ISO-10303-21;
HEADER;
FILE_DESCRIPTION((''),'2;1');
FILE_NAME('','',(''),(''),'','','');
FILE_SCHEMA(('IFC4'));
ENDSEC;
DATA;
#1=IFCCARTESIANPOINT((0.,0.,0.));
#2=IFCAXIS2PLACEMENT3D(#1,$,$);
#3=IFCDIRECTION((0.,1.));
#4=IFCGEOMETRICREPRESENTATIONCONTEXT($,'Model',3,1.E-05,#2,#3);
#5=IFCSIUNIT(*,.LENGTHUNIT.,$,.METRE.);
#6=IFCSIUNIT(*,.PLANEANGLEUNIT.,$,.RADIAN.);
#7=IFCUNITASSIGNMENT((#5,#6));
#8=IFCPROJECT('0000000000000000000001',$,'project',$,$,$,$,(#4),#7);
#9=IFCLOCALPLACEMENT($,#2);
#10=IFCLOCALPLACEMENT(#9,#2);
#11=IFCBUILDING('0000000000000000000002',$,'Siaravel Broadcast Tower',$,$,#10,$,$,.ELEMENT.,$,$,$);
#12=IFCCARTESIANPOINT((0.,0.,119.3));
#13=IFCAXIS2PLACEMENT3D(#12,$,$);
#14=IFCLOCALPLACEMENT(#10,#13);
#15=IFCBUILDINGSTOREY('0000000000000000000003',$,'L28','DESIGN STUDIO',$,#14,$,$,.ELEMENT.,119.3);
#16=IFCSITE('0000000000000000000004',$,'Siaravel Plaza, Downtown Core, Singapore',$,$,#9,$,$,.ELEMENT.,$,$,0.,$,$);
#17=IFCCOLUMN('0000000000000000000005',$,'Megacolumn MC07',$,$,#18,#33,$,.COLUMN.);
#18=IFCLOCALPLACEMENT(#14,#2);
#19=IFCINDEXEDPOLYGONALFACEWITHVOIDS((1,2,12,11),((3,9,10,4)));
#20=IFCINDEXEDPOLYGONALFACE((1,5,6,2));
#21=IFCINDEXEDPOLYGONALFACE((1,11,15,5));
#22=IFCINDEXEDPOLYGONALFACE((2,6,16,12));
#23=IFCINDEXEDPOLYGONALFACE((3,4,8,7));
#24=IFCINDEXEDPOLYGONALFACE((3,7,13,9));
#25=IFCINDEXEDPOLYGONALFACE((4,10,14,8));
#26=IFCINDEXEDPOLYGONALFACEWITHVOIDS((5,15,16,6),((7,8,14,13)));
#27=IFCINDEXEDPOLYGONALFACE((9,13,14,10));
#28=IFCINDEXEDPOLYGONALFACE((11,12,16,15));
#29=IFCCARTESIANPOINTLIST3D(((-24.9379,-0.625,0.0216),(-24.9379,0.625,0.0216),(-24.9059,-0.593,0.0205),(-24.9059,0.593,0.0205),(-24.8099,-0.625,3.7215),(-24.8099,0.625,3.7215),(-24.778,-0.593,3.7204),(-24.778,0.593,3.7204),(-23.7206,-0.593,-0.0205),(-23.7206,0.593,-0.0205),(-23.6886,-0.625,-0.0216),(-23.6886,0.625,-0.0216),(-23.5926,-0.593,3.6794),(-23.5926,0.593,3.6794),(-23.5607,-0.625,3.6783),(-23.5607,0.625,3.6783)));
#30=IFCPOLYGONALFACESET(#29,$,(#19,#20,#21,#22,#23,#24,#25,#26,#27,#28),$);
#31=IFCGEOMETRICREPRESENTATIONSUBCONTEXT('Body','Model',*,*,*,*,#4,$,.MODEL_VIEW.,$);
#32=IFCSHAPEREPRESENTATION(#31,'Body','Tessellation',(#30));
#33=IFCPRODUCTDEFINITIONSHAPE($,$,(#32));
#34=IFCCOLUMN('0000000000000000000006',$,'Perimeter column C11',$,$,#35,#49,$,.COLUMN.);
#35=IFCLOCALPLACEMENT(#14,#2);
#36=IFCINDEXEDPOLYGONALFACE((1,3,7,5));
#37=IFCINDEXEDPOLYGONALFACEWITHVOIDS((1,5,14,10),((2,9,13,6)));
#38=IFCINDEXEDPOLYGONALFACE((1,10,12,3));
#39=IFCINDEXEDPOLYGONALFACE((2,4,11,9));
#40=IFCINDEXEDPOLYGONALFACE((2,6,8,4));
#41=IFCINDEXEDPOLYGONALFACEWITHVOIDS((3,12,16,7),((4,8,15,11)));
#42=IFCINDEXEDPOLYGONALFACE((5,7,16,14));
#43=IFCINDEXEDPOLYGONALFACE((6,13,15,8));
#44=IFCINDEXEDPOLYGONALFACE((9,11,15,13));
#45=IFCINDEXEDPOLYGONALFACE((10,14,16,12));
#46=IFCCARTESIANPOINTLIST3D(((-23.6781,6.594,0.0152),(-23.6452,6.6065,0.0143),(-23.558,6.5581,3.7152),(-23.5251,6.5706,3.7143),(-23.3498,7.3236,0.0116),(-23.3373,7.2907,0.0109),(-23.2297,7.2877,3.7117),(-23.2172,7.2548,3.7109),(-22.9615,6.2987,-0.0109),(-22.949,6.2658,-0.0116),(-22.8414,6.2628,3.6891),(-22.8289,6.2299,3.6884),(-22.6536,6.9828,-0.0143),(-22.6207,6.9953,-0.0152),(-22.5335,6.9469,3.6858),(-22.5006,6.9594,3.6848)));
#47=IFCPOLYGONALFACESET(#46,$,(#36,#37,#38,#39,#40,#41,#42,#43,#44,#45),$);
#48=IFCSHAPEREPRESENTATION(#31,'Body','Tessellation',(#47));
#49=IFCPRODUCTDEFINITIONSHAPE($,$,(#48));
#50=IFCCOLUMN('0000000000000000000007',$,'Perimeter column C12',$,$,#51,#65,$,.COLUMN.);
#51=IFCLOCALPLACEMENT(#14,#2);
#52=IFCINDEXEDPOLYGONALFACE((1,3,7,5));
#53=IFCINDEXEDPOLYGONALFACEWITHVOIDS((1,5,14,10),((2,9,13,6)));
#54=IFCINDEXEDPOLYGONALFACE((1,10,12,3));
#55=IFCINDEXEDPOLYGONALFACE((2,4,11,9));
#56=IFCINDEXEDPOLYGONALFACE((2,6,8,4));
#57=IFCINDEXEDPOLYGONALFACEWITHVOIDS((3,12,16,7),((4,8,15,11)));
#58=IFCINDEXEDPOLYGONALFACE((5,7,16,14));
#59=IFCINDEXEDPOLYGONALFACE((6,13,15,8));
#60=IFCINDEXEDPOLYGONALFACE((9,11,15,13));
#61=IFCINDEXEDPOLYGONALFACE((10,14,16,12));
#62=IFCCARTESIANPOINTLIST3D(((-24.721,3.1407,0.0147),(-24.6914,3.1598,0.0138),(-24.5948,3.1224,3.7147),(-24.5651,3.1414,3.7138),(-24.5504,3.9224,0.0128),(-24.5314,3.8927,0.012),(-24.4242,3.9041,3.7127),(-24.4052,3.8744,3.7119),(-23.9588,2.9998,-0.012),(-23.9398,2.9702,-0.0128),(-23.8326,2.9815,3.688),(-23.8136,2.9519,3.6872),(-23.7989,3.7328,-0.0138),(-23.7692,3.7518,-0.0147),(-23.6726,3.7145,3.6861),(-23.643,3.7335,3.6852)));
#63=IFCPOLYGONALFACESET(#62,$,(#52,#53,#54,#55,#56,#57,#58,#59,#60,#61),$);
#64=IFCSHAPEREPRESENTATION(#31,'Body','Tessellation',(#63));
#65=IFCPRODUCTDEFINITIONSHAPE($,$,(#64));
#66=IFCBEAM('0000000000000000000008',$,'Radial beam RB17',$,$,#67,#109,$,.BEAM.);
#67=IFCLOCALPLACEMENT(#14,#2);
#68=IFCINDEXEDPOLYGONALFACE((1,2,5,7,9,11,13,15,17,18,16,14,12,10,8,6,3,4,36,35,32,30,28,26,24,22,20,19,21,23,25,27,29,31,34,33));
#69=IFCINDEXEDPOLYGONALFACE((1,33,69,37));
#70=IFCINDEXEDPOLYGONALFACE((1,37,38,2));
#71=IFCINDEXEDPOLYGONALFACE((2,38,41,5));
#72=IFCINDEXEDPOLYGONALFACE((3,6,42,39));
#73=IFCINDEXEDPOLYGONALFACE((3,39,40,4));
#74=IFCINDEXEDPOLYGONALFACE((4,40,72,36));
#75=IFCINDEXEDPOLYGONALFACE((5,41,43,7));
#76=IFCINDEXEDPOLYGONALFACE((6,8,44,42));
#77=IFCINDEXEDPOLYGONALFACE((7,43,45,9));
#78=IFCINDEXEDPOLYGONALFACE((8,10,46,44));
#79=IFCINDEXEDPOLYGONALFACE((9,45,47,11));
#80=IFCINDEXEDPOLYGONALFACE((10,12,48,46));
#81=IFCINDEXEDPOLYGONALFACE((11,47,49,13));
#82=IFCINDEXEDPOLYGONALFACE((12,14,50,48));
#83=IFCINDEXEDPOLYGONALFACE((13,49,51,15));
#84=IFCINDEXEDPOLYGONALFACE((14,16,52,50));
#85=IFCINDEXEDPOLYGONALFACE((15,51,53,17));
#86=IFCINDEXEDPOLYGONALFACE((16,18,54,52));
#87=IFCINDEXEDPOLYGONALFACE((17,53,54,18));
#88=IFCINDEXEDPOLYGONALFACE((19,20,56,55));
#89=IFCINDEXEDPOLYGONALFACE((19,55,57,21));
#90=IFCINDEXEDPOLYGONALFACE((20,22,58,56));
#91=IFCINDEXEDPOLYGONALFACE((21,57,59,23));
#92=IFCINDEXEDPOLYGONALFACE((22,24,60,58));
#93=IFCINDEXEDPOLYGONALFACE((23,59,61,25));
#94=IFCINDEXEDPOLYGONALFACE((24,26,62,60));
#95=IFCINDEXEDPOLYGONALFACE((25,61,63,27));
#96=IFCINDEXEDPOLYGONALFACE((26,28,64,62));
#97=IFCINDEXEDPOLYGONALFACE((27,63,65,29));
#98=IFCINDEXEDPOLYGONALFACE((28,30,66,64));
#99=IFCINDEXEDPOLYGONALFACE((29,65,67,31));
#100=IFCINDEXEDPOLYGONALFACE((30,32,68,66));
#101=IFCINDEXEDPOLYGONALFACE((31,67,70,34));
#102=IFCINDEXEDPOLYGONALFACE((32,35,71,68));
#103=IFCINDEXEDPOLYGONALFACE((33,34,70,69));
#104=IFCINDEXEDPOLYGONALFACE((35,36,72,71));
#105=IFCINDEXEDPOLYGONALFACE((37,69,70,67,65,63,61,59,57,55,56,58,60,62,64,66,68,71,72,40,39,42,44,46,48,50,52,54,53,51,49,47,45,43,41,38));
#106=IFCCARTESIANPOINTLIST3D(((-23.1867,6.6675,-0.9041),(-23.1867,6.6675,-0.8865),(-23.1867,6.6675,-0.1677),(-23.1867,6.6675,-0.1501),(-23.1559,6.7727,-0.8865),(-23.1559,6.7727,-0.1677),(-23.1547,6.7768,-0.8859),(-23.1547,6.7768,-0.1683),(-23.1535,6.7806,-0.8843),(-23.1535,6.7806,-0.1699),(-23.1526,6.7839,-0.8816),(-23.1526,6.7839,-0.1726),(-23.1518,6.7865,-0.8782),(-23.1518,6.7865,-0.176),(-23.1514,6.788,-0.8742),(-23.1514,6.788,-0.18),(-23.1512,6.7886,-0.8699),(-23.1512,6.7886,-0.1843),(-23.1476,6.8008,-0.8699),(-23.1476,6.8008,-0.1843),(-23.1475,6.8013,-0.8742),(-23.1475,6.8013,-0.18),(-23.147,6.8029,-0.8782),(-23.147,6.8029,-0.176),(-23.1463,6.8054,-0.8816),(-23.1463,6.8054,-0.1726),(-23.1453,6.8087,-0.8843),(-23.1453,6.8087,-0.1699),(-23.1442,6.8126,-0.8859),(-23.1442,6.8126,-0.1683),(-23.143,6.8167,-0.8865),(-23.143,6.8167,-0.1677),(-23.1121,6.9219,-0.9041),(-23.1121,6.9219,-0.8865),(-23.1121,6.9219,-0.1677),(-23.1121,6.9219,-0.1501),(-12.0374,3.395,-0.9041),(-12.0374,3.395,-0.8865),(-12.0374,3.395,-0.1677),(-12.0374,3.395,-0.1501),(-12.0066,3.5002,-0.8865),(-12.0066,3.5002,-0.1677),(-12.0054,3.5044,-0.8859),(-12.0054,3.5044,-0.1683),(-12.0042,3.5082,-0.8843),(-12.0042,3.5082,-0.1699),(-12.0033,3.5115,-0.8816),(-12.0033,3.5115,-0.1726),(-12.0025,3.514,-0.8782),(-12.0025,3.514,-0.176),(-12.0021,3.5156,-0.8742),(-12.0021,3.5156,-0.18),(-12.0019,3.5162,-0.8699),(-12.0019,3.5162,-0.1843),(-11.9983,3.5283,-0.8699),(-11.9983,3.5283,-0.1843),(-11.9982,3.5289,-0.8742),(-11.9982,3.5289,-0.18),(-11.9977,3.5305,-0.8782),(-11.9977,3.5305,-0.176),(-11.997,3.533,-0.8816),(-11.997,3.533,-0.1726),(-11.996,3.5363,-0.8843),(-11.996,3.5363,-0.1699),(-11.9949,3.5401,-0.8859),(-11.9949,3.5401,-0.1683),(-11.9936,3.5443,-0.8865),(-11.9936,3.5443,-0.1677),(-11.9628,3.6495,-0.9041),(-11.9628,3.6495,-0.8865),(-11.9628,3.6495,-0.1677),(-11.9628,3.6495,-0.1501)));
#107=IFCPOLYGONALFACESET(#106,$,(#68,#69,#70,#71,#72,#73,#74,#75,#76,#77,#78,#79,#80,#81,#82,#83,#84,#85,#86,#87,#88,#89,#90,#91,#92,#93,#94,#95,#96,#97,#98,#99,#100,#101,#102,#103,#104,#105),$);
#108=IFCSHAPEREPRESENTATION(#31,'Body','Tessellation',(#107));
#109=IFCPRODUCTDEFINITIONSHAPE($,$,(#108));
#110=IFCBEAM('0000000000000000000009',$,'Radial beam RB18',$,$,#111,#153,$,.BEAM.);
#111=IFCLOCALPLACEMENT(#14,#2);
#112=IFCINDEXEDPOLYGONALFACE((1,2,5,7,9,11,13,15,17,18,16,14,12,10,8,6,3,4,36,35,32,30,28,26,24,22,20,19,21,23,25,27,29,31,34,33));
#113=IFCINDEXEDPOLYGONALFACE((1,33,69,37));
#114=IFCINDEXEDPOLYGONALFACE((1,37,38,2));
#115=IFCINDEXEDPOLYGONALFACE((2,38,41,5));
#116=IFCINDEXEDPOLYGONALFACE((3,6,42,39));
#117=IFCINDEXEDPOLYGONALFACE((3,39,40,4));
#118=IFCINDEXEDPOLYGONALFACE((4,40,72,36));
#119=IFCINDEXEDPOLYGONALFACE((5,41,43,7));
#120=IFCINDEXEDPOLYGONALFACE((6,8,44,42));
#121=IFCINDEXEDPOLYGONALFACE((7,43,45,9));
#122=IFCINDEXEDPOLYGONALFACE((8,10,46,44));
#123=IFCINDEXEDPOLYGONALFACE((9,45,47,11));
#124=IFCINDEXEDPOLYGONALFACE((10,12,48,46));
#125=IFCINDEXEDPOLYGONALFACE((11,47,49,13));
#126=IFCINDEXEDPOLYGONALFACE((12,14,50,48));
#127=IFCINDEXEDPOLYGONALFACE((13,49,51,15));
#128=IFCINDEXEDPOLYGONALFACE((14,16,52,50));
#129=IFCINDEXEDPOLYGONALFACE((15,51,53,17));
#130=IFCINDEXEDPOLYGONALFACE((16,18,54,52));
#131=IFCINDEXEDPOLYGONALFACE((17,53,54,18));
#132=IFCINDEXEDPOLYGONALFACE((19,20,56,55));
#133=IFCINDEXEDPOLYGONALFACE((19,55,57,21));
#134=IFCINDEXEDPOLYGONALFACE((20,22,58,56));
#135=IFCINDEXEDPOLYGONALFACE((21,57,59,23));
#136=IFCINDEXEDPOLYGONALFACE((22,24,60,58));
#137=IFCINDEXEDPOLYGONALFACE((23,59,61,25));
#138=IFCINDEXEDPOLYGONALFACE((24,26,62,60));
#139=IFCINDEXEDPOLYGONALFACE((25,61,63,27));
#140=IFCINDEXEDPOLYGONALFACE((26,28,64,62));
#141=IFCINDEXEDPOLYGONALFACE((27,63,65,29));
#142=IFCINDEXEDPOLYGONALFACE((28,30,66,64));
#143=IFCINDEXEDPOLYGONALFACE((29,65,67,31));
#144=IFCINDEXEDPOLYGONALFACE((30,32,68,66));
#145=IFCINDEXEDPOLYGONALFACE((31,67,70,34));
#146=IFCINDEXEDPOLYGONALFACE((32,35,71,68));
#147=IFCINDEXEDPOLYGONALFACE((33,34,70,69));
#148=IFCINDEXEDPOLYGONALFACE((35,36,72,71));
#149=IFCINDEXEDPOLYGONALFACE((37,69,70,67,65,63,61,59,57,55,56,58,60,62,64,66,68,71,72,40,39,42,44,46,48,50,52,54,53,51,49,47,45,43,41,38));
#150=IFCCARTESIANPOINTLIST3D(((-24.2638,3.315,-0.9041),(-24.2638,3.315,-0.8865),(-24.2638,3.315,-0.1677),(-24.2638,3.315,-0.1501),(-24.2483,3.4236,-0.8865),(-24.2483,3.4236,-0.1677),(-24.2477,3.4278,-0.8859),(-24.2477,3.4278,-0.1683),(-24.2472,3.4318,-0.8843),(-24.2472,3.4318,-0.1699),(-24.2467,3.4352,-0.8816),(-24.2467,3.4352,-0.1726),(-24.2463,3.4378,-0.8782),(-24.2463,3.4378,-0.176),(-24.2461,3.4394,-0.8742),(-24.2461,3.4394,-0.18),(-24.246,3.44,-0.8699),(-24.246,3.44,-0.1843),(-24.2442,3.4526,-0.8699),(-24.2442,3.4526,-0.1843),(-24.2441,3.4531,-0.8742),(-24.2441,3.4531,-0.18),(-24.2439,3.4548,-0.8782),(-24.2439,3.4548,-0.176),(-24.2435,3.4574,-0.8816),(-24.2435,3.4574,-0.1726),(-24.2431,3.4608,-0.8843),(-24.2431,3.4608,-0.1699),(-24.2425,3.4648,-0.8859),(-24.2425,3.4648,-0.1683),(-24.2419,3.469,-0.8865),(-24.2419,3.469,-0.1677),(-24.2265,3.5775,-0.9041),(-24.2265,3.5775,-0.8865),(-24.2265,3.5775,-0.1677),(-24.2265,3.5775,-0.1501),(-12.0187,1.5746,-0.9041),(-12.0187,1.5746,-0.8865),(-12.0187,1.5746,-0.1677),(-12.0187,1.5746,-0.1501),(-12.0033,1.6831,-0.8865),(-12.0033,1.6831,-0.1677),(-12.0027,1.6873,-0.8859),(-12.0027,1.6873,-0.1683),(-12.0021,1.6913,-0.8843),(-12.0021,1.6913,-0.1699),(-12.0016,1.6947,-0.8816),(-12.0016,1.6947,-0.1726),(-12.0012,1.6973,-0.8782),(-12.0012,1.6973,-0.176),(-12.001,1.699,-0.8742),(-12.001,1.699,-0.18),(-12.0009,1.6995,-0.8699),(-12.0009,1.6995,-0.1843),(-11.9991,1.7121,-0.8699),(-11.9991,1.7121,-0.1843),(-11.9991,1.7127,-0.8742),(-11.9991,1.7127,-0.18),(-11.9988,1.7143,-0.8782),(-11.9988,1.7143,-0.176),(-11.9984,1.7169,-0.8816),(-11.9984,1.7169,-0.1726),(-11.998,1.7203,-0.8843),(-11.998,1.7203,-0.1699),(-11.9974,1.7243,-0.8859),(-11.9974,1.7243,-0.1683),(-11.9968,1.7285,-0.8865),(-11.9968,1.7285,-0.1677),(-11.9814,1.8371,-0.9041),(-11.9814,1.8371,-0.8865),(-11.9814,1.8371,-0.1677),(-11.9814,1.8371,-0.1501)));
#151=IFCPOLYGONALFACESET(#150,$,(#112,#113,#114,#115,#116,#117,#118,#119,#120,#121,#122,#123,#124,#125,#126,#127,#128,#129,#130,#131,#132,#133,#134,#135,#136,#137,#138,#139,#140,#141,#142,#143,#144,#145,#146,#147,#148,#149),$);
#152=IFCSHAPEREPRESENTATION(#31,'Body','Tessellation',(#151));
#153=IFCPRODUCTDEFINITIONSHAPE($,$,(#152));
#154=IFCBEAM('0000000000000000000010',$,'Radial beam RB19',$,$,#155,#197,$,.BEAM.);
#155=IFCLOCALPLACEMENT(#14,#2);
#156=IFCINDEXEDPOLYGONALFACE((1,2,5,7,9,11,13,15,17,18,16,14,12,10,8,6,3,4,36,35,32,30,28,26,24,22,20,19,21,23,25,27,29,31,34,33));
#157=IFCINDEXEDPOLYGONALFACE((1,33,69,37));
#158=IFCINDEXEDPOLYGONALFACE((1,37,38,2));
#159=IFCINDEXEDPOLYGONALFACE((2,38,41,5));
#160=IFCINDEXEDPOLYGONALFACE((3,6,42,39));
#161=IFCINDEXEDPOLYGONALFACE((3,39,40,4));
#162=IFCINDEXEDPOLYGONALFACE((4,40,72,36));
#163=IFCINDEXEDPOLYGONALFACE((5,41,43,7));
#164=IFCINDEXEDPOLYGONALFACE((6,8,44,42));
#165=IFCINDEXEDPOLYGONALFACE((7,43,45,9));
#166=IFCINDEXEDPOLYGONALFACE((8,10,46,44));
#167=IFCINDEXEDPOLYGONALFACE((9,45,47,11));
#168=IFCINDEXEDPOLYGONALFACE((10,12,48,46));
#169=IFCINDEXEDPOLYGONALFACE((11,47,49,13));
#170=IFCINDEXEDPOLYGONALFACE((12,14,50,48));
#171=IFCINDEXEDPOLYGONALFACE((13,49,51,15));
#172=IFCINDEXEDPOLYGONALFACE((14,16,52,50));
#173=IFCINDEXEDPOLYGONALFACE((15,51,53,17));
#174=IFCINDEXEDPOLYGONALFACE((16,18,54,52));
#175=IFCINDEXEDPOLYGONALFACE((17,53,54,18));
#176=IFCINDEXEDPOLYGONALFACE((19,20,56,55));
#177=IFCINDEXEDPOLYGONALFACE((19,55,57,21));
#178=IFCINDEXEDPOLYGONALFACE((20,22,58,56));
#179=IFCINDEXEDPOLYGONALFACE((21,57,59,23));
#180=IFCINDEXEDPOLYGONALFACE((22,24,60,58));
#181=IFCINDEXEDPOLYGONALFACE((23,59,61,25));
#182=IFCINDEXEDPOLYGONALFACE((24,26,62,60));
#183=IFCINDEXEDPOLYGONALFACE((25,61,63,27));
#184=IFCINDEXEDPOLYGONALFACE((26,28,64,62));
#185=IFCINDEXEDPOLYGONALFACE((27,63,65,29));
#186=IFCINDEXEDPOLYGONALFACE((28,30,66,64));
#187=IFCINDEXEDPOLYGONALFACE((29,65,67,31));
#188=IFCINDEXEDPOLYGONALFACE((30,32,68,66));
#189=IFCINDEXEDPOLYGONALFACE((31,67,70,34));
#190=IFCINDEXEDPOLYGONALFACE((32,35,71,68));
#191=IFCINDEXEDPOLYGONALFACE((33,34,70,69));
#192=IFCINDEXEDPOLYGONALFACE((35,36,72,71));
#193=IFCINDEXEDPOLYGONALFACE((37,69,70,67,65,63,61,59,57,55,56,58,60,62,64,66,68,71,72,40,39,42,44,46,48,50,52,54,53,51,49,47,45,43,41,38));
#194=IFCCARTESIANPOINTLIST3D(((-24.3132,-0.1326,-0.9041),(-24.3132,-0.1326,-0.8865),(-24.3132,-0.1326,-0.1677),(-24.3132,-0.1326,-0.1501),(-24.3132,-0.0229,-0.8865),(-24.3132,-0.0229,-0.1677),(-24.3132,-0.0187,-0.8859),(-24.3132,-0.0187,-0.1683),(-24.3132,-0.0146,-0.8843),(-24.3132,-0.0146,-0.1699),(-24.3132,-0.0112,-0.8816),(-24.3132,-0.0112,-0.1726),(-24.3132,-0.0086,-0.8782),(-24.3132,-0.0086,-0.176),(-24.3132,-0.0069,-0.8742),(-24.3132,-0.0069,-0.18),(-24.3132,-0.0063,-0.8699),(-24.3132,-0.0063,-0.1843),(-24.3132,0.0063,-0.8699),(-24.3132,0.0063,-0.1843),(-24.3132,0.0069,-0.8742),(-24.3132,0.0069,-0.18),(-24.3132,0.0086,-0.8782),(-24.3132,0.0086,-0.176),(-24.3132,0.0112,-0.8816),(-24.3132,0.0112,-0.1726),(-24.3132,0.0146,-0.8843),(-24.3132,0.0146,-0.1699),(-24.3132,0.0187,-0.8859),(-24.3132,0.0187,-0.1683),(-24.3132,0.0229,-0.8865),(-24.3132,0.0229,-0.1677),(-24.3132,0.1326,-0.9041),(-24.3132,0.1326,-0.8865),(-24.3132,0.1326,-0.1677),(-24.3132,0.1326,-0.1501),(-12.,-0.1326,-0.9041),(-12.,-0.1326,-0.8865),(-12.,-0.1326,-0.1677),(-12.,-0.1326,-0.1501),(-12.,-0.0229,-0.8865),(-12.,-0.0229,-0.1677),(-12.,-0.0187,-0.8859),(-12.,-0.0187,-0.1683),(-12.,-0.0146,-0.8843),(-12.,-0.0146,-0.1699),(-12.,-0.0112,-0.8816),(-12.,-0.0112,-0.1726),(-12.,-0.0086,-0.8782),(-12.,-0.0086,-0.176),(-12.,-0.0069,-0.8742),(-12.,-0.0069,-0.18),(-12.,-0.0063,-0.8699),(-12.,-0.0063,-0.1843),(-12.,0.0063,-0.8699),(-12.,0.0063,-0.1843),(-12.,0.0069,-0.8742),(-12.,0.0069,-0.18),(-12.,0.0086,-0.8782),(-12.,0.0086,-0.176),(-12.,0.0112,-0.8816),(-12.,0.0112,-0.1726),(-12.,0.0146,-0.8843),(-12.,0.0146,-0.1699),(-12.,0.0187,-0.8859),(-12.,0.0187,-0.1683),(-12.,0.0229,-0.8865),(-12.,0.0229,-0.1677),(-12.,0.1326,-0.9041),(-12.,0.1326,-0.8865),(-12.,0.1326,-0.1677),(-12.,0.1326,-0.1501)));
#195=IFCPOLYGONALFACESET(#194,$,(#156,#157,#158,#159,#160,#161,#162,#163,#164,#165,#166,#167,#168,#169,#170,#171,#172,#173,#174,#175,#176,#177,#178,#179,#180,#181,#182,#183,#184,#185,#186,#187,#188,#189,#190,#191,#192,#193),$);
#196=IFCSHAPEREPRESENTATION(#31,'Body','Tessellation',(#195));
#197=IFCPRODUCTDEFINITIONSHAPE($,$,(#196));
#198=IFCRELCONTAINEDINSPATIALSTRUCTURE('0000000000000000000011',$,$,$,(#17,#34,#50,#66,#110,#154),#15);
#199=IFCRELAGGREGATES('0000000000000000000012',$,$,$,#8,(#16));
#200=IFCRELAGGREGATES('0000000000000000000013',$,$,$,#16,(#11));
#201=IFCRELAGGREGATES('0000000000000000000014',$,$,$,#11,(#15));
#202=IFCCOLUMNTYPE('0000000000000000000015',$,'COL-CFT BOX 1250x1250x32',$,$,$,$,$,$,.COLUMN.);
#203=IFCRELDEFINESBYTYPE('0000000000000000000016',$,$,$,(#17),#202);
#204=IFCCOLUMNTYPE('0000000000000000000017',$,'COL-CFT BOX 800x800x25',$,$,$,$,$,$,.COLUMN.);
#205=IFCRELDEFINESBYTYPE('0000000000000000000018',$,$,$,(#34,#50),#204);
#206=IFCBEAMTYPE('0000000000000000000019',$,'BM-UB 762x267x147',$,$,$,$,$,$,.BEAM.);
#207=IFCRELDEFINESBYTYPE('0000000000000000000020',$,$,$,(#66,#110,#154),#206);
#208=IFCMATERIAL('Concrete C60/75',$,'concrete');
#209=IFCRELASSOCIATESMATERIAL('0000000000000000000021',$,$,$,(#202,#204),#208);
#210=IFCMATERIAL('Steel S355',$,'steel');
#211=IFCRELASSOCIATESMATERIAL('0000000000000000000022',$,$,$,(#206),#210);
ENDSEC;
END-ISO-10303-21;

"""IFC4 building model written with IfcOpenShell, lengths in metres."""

from ifc_helpers import new_model, si_unit, direction, frame, origin, origin_2d, place, context, subcontext, project, spatial, hollow_rectangle, i_section, extrude, material, material_profile, profile_set, type_object, element, save


model = new_model("IFC4")

# Units and contexts
model_context = context("Model", 3, precision=1e-05, world=origin(), true_north=direction((0.0, 1.0)))
body_context = subcontext(model_context, "Body", "Model", "MODEL_VIEW")
ifc_project = project(units=[si_unit("LENGTHUNIT", "METRE"), si_unit("PLANEANGLEUNIT", "RADIAN")], contexts=[model_context])

# Site, building, storey
site_placement = place(None, origin())
site = spatial("IfcSite", under=ifc_project, at=site_placement, Name="Siaravel Plaza, Downtown Core, Singapore", CompositionType="ELEMENT", RefElevation=0.0)
building_placement = place(site_placement, origin())
building = spatial("IfcBuilding", under=site, at=building_placement, Name="Siaravel Broadcast Tower", CompositionType="ELEMENT")
storey_placement = place(building_placement, frame((0.0, 0.0, 119.3)))
storey = spatial("IfcBuildingStorey", under=building, at=storey_placement, Name="L28", Description="DESIGN STUDIO", CompositionType="ELEMENT", Elevation=119.3)

# Columns
ifc_material_1 = material(Name="Concrete C60/75", Category="concrete")
ifc_material_profile_1 = material_profile(ifc_material_1, hollow_rectangle(XDim=1.25, YDim=1.25, WallThickness=0.032, at=origin_2d()))
ifc_profile_set_1 = profile_set([ifc_material_profile_1], Name="Concrete C60/75")
column_type_1 = type_object("IfcColumnType", Name="COL-CFT BOX 1250x1250x32", PredefinedType="COLUMN", material=ifc_profile_set_1)
column_placement = place(storey_placement, frame((-24.3132, 0.0, 0.0), z_axis=(0.034555, 0.0, 0.999403), x_axis=(0.0, 1.0, 0.0)))
element("IfcColumn", 1, at=column_placement, inside=storey, type_object=column_type_1, Name="Megacolumn MC07", PredefinedType="COLUMN", context=body_context, shape_type="SweptSolid", body=[
    extrude(hollow_rectangle(XDim=1.25, YDim=1.25, WallThickness=0.032, at=origin_2d()), origin(), (0.0, 0.0, 1.0), 3.7021),
])
ifc_material_profile_2 = material_profile(ifc_material_1, hollow_rectangle(XDim=0.8, YDim=0.8, WallThickness=0.0249, at=origin_2d()))
ifc_profile_set_2 = profile_set([ifc_material_profile_2], Name="Concrete C60/75")
column_type_2 = type_object("IfcColumnType", Name="COL-CFT BOX 800x800x25", PredefinedType="COLUMN", material=ifc_profile_set_2)
for number, where, z_axis, x_axis, name in (
    (2, (-23.1494, 6.7947, 0.0), (0.032446, -0.009694, 0.999426), (0.410409, 0.91189, -0.004479), "Perimeter column C11"),
    (3, (-24.2451, 3.4463, 0.0), (0.034094, -0.004946, 0.999406), (0.213197, 0.977006, -0.002438), "Perimeter column C12"),
):
    element("IfcColumn", number, at=place(storey_placement, frame(where, z_axis=z_axis, x_axis=x_axis)), inside=storey, type_object=column_type_2, Name=name, PredefinedType="COLUMN", context=body_context, shape_type="SweptSolid", body=[
        extrude(hollow_rectangle(XDim=0.8, YDim=0.8, WallThickness=0.0249, at=origin_2d()), origin(), (0.0, 0.0, 1.0), 3.7021),
    ])

# Beams
ifc_material_2 = material(Name="Steel S355", Category="steel")
ifc_material_profile_3 = material_profile(ifc_material_2, i_section(OverallWidth=0.2651, OverallDepth=0.7539, WebThickness=0.0127, FlangeThickness=0.0176, FilletRadius=0.0166, at=origin_2d()))
ifc_profile_set_3 = profile_set([ifc_material_profile_3], Name="Steel S355")
beam_type = type_object("IfcBeamType", Name="BM-UB 762x267x147", PredefinedType="BEAM", material=ifc_profile_set_3)
beam_1_placement = place(storey_placement, frame((-23.1494, 6.7947, -0.5271), z_axis=(0.959523, -0.281629, 0.0), x_axis=(0.281629, 0.959523, 0.0)))
element("IfcBeam", 4, at=beam_1_placement, inside=storey, type_object=beam_type, Name="Radial beam RB17", PredefinedType="BEAM", context=body_context, shape_type="SweptSolid", body=[
    extrude(i_section(OverallWidth=0.2651, OverallDepth=0.7539, WebThickness=0.0127, FlangeThickness=0.0176, FilletRadius=0.0166, at=origin_2d()), origin(), (0.0, 0.0, 1.0), 11.6196),
])
beam_2_placement = place(storey_placement, frame((-24.2451, 3.4463, -0.5271), z_axis=(0.990049, -0.140722, 0.0), x_axis=(0.140722, 0.990049, 0.0)))
element("IfcBeam", 5, at=beam_2_placement, inside=storey, type_object=beam_type, Name="Radial beam RB18", PredefinedType="BEAM", context=body_context, shape_type="SweptSolid", body=[
    extrude(i_section(OverallWidth=0.2651, OverallDepth=0.7539, WebThickness=0.0127, FlangeThickness=0.0176, FilletRadius=0.0166, at=origin_2d()), origin(), (0.0, 0.0, 1.0), 12.3682),
])
beam_3_placement = place(storey_placement, frame((-24.3132, 0.0, -0.5271), z_axis=(1.0, 0.0, 0.0), x_axis=(0.0, 1.0, 0.0)))
element("IfcBeam", 6, at=beam_3_placement, inside=storey, type_object=beam_type, Name="Radial beam RB19", PredefinedType="BEAM", context=body_context, shape_type="SweptSolid", body=[
    extrude(i_section(OverallWidth=0.2651, OverallDepth=0.7539, WebThickness=0.0127, FlangeThickness=0.0176, FilletRadius=0.0166, at=origin_2d()), origin(), (0.0, 0.0, 1.0), 12.3132),
])

save(model, "model.ifc")
